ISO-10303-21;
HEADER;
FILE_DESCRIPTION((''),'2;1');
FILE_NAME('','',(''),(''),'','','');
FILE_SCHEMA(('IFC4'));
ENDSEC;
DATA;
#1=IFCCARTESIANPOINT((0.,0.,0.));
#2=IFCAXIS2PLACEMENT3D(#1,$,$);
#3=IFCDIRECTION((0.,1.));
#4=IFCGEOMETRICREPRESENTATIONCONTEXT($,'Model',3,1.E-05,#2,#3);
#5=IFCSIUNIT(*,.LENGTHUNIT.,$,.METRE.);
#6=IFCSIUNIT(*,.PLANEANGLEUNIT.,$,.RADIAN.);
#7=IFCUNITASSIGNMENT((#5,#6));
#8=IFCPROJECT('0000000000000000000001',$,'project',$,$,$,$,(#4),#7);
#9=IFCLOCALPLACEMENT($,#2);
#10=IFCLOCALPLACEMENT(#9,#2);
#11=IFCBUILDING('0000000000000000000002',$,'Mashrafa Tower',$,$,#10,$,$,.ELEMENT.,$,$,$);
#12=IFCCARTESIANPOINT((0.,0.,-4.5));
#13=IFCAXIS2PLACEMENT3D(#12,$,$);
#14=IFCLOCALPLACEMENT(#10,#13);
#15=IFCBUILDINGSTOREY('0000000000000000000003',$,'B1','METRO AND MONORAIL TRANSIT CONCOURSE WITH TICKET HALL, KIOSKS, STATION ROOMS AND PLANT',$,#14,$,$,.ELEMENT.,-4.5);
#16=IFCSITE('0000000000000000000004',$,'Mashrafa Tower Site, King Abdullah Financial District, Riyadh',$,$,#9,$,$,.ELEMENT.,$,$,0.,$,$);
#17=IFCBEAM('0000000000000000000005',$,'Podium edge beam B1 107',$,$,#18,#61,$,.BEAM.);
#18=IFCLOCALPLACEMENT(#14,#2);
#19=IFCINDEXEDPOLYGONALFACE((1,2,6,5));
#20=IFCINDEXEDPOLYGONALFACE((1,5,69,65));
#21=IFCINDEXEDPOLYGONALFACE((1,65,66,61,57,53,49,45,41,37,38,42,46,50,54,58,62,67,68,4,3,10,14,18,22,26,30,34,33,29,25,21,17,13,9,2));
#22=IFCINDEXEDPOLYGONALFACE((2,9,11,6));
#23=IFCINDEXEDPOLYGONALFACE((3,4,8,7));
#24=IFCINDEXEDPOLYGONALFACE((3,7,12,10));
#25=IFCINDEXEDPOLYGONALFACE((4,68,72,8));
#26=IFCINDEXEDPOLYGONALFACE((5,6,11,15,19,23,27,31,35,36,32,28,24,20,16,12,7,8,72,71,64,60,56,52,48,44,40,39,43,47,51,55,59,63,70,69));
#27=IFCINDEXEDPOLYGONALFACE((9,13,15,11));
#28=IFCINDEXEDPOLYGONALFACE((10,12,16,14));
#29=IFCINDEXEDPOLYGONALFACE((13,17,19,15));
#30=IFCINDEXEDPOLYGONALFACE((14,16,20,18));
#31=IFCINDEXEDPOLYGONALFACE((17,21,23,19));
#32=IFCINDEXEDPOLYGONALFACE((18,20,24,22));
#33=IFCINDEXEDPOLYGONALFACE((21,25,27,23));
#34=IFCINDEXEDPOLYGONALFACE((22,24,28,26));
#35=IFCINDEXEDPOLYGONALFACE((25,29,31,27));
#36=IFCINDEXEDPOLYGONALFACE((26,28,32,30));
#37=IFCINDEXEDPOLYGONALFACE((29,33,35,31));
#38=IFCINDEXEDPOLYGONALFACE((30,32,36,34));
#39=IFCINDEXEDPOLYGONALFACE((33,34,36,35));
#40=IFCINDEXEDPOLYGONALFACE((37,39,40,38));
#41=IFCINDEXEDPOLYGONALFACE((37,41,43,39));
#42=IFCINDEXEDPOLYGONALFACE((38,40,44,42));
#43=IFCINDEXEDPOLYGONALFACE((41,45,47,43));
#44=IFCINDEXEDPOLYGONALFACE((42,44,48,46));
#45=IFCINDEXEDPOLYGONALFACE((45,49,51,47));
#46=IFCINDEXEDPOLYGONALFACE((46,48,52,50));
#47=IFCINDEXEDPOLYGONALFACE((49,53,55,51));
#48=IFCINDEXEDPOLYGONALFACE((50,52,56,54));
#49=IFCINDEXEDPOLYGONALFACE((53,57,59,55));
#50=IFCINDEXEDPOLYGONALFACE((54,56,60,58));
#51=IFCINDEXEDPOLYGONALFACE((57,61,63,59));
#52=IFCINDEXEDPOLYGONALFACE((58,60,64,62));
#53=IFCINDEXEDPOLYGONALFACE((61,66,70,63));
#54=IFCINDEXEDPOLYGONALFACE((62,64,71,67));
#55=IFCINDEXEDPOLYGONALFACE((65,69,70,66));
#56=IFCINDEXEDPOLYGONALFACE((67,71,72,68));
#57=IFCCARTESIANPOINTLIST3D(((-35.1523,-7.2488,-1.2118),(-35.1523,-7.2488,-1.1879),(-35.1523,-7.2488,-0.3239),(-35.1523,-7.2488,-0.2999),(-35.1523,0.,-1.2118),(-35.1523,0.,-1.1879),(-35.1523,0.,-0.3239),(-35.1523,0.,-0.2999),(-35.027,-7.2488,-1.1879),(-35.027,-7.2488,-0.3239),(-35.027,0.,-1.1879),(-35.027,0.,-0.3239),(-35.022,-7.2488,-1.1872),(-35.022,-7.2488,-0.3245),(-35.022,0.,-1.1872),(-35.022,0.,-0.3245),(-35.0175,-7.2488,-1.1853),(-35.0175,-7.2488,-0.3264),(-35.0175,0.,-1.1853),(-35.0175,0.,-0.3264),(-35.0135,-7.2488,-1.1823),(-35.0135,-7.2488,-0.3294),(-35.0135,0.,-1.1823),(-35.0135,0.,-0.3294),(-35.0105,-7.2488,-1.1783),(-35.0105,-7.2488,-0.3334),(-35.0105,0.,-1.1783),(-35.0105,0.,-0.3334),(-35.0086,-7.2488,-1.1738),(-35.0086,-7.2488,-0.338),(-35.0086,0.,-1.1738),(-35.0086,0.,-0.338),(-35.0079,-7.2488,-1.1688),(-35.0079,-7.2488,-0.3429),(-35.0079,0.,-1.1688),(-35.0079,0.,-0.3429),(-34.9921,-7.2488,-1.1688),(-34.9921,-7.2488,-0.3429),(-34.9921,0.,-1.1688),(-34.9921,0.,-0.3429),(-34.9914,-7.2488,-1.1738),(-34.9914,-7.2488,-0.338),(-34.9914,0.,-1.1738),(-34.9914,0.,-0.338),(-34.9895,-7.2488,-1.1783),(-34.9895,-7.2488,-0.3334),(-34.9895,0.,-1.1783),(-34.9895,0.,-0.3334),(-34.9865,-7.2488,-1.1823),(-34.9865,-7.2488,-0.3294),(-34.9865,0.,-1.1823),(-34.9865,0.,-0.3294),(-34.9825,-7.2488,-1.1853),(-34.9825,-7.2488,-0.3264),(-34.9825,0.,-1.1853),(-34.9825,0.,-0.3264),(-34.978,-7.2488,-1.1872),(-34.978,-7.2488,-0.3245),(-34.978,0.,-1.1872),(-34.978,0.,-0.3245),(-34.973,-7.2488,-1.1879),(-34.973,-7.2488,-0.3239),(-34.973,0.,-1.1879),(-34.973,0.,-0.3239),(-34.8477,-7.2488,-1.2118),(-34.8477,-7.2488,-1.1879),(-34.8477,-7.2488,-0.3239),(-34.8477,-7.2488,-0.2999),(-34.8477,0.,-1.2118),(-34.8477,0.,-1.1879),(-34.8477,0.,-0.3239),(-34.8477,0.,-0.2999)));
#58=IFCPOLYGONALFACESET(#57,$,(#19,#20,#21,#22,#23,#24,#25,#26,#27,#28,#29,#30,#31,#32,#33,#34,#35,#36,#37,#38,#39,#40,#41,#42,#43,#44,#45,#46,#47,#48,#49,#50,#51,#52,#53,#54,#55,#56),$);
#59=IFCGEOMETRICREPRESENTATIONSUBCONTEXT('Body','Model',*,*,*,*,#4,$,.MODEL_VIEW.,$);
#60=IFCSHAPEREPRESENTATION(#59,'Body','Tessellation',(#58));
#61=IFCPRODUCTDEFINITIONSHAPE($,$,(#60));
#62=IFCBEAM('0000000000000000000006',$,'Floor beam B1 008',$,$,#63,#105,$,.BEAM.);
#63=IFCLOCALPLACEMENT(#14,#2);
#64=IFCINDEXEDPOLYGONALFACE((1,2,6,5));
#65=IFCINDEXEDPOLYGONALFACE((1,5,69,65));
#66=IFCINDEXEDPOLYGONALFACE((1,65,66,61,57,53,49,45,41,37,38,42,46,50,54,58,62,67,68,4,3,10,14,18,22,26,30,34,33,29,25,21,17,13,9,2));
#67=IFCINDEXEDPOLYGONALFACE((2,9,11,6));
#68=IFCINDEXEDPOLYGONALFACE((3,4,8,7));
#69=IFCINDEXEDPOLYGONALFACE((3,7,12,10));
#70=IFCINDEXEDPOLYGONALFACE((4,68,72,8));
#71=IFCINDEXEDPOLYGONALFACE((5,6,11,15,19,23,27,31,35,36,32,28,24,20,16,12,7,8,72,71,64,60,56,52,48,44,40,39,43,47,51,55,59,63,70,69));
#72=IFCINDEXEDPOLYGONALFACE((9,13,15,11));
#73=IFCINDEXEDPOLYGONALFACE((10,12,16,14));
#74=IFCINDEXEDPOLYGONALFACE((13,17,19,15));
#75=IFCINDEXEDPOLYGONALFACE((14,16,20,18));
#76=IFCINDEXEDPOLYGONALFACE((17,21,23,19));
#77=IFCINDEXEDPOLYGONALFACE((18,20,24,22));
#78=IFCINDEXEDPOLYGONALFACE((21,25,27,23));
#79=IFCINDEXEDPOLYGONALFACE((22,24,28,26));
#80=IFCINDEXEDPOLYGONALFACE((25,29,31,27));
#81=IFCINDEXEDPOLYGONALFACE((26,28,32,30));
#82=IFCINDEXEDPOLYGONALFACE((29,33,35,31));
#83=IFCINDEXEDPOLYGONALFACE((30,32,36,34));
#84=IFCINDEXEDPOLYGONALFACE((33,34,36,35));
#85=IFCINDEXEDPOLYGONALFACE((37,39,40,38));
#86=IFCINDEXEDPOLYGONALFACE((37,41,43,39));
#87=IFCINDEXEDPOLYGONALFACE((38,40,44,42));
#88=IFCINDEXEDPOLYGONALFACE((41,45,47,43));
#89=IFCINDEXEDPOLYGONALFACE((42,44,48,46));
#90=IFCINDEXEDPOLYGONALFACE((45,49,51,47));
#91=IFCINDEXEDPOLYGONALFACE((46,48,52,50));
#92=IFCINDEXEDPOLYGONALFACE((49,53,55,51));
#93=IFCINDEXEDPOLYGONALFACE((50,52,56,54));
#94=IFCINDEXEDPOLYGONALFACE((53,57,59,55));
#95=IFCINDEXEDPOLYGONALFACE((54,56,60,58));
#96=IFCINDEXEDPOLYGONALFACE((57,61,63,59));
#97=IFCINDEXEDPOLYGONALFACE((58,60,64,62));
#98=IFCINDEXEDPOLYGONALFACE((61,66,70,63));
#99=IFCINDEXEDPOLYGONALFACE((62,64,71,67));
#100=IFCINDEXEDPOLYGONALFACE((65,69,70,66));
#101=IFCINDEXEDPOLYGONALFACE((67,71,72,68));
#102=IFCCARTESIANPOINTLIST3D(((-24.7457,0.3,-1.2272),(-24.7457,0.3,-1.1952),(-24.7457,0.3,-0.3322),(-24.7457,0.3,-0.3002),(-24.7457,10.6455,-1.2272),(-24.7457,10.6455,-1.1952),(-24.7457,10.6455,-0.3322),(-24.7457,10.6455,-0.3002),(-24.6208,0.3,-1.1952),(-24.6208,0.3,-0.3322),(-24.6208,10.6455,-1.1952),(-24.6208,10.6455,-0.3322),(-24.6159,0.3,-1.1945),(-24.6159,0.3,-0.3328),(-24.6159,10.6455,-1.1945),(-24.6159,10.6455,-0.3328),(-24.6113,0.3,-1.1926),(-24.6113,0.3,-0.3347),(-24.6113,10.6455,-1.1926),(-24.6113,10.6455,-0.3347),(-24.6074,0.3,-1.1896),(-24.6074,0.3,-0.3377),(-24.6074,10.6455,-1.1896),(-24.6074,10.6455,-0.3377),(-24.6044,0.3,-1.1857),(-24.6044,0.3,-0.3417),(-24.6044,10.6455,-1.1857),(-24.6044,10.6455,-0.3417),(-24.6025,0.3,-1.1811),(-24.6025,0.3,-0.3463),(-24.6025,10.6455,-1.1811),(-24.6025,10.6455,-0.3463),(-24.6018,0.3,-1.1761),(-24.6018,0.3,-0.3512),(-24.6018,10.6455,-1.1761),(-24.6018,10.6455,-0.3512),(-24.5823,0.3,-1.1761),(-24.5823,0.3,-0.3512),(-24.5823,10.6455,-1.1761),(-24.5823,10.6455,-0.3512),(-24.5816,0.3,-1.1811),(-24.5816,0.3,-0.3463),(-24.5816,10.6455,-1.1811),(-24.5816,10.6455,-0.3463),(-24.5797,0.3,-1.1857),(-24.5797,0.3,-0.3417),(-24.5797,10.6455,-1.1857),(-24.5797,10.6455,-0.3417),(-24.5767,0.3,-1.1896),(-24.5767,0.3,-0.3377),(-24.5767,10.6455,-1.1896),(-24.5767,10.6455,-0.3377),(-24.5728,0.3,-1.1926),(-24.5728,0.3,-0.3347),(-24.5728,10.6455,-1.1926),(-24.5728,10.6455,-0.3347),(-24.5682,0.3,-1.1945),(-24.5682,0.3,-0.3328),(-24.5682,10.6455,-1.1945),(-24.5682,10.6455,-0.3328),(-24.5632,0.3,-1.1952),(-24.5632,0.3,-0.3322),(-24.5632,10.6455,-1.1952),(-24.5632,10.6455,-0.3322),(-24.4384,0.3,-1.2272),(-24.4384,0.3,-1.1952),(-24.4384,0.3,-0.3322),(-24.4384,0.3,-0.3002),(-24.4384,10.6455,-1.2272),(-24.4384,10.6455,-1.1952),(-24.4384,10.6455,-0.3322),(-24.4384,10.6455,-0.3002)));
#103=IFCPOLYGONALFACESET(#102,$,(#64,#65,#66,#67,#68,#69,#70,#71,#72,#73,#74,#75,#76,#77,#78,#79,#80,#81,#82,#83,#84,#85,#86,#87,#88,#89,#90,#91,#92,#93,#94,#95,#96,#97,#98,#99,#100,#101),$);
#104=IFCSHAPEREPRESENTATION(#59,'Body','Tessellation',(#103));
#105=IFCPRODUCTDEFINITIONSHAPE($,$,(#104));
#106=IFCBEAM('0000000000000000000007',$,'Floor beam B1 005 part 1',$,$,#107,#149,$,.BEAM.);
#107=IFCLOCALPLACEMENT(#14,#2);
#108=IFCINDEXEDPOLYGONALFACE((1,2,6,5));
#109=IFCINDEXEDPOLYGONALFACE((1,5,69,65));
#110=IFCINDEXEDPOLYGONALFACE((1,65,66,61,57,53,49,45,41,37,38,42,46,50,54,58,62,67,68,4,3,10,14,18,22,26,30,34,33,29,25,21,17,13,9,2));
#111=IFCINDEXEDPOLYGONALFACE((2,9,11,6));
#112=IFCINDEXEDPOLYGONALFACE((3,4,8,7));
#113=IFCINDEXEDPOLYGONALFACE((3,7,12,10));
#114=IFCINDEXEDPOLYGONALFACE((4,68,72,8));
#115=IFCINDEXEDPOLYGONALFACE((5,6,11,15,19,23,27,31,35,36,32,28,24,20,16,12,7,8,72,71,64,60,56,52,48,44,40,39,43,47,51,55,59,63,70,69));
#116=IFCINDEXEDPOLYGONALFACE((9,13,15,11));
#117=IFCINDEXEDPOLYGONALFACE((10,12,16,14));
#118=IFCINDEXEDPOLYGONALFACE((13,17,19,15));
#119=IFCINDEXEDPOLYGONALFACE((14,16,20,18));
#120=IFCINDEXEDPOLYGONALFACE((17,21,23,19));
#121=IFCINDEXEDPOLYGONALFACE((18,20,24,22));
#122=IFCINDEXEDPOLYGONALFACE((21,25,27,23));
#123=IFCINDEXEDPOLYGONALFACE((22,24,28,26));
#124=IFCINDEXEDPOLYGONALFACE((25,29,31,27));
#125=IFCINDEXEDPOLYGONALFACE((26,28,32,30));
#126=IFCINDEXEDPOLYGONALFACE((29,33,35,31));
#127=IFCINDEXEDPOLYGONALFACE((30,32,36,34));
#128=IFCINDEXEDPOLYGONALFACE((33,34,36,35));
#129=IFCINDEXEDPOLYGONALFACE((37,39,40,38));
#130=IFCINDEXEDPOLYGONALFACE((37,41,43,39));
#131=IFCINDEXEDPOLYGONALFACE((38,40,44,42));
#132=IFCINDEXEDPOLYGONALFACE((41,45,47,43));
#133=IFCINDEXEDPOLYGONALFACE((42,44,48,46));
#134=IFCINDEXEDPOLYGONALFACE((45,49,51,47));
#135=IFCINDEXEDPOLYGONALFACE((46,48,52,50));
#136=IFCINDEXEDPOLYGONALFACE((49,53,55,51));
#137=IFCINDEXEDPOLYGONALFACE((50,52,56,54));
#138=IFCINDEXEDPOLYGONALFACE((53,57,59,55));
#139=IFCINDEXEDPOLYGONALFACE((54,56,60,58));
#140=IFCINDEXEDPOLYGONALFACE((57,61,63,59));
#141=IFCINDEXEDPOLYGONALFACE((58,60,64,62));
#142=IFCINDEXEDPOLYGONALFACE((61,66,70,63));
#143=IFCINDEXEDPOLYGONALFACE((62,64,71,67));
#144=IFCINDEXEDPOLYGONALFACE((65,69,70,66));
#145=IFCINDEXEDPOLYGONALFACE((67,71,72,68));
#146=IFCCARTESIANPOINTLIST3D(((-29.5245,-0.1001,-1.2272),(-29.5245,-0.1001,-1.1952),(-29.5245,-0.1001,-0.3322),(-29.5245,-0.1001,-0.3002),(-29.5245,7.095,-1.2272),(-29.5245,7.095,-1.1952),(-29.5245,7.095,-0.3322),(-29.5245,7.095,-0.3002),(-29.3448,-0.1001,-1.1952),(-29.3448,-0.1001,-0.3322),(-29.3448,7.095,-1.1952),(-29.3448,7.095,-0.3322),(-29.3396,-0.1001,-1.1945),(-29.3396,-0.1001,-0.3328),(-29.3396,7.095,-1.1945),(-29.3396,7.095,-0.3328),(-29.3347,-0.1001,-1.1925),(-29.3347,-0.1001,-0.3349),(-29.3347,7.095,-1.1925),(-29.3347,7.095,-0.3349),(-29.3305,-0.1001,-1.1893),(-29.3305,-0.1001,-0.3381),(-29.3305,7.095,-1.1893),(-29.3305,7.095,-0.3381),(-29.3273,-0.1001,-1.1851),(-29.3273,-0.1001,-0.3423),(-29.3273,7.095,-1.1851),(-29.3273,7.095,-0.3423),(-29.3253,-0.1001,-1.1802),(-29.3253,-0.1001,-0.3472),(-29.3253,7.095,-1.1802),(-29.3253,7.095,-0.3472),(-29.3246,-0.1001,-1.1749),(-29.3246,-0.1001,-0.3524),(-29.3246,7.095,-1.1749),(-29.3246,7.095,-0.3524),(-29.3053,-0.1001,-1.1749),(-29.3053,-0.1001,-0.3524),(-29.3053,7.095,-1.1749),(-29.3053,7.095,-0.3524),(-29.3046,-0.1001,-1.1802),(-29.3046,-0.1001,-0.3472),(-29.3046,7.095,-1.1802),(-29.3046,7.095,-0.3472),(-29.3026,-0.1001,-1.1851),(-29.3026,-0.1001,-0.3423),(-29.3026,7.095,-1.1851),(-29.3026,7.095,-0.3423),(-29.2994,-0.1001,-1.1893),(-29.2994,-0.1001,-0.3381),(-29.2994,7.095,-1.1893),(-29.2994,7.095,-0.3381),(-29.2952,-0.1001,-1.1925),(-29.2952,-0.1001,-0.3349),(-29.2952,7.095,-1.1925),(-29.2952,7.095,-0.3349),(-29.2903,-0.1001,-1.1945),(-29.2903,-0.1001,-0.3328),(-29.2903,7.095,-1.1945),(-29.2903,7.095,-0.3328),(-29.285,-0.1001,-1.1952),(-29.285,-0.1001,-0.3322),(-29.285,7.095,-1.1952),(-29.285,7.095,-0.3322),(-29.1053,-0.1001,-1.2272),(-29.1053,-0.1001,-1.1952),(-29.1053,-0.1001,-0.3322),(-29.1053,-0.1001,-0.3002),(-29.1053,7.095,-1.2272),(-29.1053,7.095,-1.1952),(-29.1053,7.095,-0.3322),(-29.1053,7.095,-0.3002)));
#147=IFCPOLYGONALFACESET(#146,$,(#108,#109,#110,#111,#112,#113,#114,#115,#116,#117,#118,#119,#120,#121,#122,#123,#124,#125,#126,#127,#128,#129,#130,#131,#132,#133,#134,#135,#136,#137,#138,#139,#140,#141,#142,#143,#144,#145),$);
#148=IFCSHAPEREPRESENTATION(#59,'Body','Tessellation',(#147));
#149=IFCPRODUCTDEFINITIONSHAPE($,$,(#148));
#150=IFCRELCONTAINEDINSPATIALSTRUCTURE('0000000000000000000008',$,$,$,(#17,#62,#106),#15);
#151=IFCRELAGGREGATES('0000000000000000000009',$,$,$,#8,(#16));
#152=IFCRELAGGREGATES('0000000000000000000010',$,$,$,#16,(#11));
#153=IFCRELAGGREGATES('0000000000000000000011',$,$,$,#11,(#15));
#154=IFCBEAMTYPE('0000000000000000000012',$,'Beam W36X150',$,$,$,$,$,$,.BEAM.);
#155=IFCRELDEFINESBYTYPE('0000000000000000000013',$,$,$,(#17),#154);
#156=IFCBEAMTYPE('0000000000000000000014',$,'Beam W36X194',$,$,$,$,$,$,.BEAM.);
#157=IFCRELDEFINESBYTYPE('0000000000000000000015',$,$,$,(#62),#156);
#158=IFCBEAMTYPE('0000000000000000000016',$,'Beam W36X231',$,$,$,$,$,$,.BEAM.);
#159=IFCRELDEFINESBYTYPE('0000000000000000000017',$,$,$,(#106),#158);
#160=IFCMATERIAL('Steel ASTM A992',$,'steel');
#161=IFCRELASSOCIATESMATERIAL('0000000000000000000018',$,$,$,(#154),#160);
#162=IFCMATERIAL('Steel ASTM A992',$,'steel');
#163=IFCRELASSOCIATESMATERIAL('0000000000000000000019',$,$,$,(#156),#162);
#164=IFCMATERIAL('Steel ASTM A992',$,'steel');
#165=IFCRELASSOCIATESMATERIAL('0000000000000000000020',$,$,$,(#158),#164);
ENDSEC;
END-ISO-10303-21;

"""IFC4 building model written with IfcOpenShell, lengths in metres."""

from ifc_helpers import new_model, si_unit, direction, frame, origin, origin_2d, place, context, subcontext, project, spatial, i_section, extrude, material, material_profile, profile_set, type_object, element, save


model = new_model("IFC4")

# Units and contexts
model_context = context("Model", 3, precision=1e-05, world=origin(), true_north=direction((0.0, 1.0)))
body_context = subcontext(model_context, "Body", "Model", "MODEL_VIEW")
ifc_project = project(units=[si_unit("LENGTHUNIT", "METRE"), si_unit("PLANEANGLEUNIT", "RADIAN")], contexts=[model_context])

# Site, building, storey
site_placement = place(None, origin())
site = spatial("IfcSite", under=ifc_project, at=site_placement, Name="Mashrafa Tower Site, King Abdullah Financial District, Riyadh", CompositionType="ELEMENT", RefElevation=0.0)
building_placement = place(site_placement, origin())
building = spatial("IfcBuilding", under=site, at=building_placement, Name="Mashrafa Tower", CompositionType="ELEMENT")
storey_placement = place(building_placement, frame((0.0, 0.0, -4.5)))
storey = spatial("IfcBuildingStorey", under=building, at=storey_placement, Name="B1", Description="METRO AND MONORAIL TRANSIT CONCOURSE WITH TICKET HALL, KIOSKS, STATION ROOMS AND PLANT", CompositionType="ELEMENT", Elevation=-4.5)

# Beams
ifc_material_1 = material(Name="Steel ASTM A992", Category="steel")
ifc_material_profile_1 = material_profile(ifc_material_1, i_section(OverallWidth=0.3047, OverallDepth=0.9119, WebThickness=0.0159, FlangeThickness=0.0239, FilletRadius=0.019, at=origin_2d()), Name="W36X150")
ifc_profile_set_1 = profile_set([ifc_material_profile_1], Name="Steel ASTM A992")
beam_type_1 = type_object("IfcBeamType", Name="Beam W36X150", PredefinedType="BEAM", material=ifc_profile_set_1)
beam_1_placement = place(storey_placement, frame((-35.0, 0.0, -0.7559), z_axis=(0.0, -1.0, 0.0), x_axis=(1.0, 0.0, 0.0)))
element("IfcBeam", 1, at=beam_1_placement, inside=storey, type_object=beam_type_1, Name="Podium edge beam B1 107", PredefinedType="BEAM", context=body_context, shape_type="SweptSolid", body=[
    extrude(i_section(OverallWidth=0.3047, OverallDepth=0.9119, WebThickness=0.0159, FlangeThickness=0.0239, FilletRadius=0.019, at=origin_2d()), origin(), (0.0, 0.0, 1.0), 7.2488),
])
ifc_material_2 = material(Name="Steel ASTM A992", Category="steel")
ifc_material_profile_2 = material_profile(ifc_material_2, i_section(OverallWidth=0.3074, OverallDepth=0.927, WebThickness=0.0195, FlangeThickness=0.032, FilletRadius=0.019, at=origin_2d()), Name="W36X194")
ifc_profile_set_2 = profile_set([ifc_material_profile_2], Name="Steel ASTM A992")
beam_type_2 = type_object("IfcBeamType", Name="Beam W36X194", PredefinedType="BEAM", material=ifc_profile_set_2)
beam_2_placement = place(storey_placement, frame((-24.592, 0.3, -0.7637), z_axis=(0.0, 1.0, 0.0), x_axis=(-1.0, 0.0, 0.0)))
element("IfcBeam", 2, at=beam_2_placement, inside=storey, type_object=beam_type_2, Name="Floor beam B1 008", PredefinedType="BEAM", context=body_context, shape_type="SweptSolid", body=[
    extrude(i_section(OverallWidth=0.3074, OverallDepth=0.927, WebThickness=0.0195, FlangeThickness=0.032, FilletRadius=0.019, at=origin_2d()), origin(), (0.0, 0.0, 1.0), 10.3455),
])
ifc_material_3 = material(Name="Steel ASTM A992", Category="steel")
ifc_material_profile_3 = material_profile(ifc_material_3, i_section(OverallWidth=0.4192, OverallDepth=0.927, WebThickness=0.0193, FlangeThickness=0.032, FilletRadius=0.0203, at=origin_2d()), Name="W36X231")
ifc_profile_set_3 = profile_set([ifc_material_profile_3], Name="Steel ASTM A992")
beam_type_3 = type_object("IfcBeamType", Name="Beam W36X231", PredefinedType="BEAM", material=ifc_profile_set_3)
beam_3_placement = place(storey_placement, frame((-29.3149, -0.1001, -0.7637), z_axis=(0.0, 1.0, 0.0), x_axis=(-1.0, 0.0, 0.0)))
element("IfcBeam", 3, at=beam_3_placement, inside=storey, type_object=beam_type_3, Name="Floor beam B1 005 part 1", PredefinedType="BEAM", context=body_context, shape_type="SweptSolid", body=[
    extrude(i_section(OverallWidth=0.4192, OverallDepth=0.927, WebThickness=0.0193, FlangeThickness=0.032, FilletRadius=0.0203, at=origin_2d()), origin(), (0.0, 0.0, 1.0), 7.1951),
])

save(model, "model.ifc")
